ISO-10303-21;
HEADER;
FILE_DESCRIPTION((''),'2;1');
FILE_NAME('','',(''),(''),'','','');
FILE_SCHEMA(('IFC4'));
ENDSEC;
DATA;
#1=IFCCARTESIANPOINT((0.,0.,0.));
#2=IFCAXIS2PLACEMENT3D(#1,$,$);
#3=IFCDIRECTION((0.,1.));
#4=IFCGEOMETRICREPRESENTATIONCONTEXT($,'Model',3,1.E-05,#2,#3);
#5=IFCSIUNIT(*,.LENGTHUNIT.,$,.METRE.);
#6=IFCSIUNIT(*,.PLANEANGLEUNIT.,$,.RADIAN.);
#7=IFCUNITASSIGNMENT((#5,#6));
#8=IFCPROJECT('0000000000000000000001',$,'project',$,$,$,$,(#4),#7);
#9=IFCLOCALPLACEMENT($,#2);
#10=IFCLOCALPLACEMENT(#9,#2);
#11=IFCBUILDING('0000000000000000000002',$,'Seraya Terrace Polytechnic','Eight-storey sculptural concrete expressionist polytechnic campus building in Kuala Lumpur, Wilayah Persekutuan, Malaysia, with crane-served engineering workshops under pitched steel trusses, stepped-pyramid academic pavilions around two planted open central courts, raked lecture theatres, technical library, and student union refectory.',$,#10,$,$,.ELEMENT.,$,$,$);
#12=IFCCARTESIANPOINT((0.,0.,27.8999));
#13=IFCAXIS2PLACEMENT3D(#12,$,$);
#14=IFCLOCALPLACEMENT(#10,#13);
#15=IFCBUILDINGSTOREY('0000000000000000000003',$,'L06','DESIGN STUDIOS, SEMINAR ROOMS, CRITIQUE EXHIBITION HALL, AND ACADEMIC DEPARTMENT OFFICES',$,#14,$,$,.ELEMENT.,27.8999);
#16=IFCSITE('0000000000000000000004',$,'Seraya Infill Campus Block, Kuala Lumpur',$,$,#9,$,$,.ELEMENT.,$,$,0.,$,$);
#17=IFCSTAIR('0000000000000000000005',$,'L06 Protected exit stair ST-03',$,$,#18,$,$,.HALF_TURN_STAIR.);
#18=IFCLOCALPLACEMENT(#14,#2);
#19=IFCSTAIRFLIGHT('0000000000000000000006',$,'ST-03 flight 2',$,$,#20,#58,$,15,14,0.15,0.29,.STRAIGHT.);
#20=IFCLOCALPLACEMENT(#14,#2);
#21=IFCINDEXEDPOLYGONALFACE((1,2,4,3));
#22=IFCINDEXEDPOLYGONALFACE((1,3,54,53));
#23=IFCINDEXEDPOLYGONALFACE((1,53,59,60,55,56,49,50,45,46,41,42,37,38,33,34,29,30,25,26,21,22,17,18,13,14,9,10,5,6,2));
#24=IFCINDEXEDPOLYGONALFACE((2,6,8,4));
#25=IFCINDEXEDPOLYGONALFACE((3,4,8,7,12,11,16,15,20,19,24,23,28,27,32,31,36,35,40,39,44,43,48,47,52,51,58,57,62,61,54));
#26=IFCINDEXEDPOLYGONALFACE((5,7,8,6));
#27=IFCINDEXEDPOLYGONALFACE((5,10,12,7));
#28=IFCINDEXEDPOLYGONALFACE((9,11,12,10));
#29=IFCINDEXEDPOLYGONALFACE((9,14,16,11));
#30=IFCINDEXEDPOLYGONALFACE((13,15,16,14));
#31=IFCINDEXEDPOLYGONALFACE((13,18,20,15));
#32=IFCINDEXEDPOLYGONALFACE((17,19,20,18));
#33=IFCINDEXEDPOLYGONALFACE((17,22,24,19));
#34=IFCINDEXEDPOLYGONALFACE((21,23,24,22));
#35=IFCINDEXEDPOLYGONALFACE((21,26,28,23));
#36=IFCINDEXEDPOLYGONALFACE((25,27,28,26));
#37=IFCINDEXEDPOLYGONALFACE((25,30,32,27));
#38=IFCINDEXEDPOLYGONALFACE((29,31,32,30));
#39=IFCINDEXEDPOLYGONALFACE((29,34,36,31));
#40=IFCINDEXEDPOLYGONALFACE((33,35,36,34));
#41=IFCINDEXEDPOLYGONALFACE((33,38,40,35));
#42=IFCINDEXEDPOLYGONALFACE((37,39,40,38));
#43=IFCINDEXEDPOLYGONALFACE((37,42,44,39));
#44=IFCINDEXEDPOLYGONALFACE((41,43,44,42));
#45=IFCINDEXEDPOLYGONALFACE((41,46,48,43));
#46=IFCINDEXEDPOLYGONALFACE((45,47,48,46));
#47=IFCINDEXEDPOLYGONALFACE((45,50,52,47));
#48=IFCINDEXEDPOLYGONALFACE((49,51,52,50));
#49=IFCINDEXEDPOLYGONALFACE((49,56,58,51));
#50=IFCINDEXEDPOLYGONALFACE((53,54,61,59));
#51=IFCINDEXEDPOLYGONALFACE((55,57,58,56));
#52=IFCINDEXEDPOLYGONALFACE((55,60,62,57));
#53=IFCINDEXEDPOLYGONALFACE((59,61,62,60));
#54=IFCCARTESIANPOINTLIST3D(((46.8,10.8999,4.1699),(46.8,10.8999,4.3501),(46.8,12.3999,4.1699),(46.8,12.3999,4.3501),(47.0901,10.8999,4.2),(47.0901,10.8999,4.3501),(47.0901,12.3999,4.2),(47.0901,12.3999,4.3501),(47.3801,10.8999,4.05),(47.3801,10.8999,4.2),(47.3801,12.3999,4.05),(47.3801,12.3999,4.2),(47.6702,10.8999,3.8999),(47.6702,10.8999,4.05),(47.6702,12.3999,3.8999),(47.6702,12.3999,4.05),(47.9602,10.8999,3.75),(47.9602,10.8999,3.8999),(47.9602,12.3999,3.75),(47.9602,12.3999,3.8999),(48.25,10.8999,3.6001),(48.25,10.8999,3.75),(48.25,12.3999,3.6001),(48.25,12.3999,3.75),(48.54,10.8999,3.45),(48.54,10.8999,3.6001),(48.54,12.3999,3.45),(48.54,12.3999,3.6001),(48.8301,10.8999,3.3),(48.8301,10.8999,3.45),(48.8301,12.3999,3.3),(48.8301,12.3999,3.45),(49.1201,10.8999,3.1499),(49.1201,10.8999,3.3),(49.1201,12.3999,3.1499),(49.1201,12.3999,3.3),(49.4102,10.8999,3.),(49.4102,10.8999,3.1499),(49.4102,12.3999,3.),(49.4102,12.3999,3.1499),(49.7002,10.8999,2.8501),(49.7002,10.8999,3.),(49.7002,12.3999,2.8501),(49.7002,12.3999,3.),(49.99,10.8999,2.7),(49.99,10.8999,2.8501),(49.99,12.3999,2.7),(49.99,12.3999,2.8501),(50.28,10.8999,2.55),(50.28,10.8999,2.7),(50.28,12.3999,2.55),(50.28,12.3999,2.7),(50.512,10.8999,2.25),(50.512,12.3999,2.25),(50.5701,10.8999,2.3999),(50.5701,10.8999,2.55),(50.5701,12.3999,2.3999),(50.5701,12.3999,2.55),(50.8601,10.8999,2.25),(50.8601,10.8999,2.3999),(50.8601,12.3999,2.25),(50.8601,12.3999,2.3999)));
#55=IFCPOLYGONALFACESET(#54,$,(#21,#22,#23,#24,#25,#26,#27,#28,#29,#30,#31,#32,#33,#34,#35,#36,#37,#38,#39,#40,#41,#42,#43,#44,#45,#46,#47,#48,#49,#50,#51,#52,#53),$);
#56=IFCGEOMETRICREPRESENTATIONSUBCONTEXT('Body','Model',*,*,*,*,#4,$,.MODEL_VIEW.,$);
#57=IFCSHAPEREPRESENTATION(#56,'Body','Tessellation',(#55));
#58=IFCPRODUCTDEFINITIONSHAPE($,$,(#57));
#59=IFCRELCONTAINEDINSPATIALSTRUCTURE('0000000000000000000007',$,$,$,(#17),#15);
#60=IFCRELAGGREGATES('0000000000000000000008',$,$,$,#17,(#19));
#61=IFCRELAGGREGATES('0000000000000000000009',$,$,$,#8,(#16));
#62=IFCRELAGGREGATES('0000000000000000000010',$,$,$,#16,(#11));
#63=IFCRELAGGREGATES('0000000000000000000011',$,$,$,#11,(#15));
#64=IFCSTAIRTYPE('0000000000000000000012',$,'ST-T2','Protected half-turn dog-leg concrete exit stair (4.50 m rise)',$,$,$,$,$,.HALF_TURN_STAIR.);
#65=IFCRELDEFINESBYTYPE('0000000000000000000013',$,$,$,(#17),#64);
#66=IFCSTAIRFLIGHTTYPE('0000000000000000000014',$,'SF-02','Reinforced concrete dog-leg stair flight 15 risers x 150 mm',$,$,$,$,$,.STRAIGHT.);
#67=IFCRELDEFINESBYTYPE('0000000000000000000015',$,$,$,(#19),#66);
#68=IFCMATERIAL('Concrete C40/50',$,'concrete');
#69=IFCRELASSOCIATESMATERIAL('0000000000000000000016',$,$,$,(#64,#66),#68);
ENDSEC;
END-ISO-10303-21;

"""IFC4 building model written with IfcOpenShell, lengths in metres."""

from ifc_helpers import new_model, si_unit, direction, frame, origin, place, context, subcontext, project, spatial, polyline, outline, extrude, material, type_object, element, aggregate, save


model = new_model("IFC4")

# Units and contexts
model_context = context("Model", 3, precision=1e-05, world=origin(), true_north=direction((0.0, 1.0)))
body_context = subcontext(model_context, "Body", "Model", "MODEL_VIEW")
ifc_project = project(units=[si_unit("LENGTHUNIT", "METRE"), si_unit("PLANEANGLEUNIT", "RADIAN")], contexts=[model_context])

# Site, building, storey
site_placement = place(None, origin())
site = spatial("IfcSite", under=ifc_project, at=site_placement, Name="Seraya Infill Campus Block, Kuala Lumpur", CompositionType="ELEMENT", RefElevation=0.0)
building_placement = place(site_placement, origin())
building = spatial("IfcBuilding", under=site, at=building_placement, Name="Seraya Terrace Polytechnic", Description="Eight-storey sculptural concrete expressionist polytechnic campus building in Kuala Lumpur, Wilayah Persekutuan, Malaysia, with crane-served engineering workshops under pitched steel trusses, stepped-pyramid academic pavilions around two planted open central courts, raked lecture theatres, technical library, and student union refectory.", CompositionType="ELEMENT")
storey_placement = place(building_placement, frame((0.0, 0.0, 27.8999)))
storey = spatial("IfcBuildingStorey", under=building, at=storey_placement, Name="L06", Description="DESIGN STUDIOS, SEMINAR ROOMS, CRITIQUE EXHIBITION HALL, AND ACADEMIC DEPARTMENT OFFICES", CompositionType="ELEMENT", Elevation=27.8999)

# Shared definitions
ifc_material_1 = material(Name="Concrete C40/50", Category="concrete")

# Stair, stair flight
stair_type = type_object("IfcStairType", Name="ST-T2", Description="Protected half-turn dog-leg concrete exit stair (4.50 m rise)", PredefinedType="HALF_TURN_STAIR", material=ifc_material_1)
stair_placement = place(storey_placement, origin())
stair = element("IfcStair", 1, at=stair_placement, inside=storey, type_object=stair_type, Name="L06 Protected exit stair ST-03", PredefinedType="HALF_TURN_STAIR")
stair_flight_type = type_object("IfcStairFlightType", Name="SF-02", Description="Reinforced concrete dog-leg stair flight 15 risers x 150 mm", PredefinedType="STRAIGHT", material=ifc_material_1)
stair_flight_1_placement = place(storey_placement, frame((50.8601, 11.6499, 2.25), z_axis=(0.0, 0.0, 1.0), x_axis=(-1.0, 0.0, 0.0)))
stair_flight_1 = element("IfcStairFlight", 2, at=stair_flight_1_placement, type_object=stair_flight_type, Name="ST-03 flight 2", NumberOfRisers=15, NumberOfTreads=14, PredefinedType="STRAIGHT", RiserHeight=0.15, TreadLength=0.29, context=body_context, shape_type="SweptSolid", body=[
    extrude(outline(polyline([(0.0, 0.0), (0.0, 0.1499), (0.29, 0.1499), (0.29, 0.3), (0.5801, 0.3), (0.5801, 0.45), (0.8701, 0.45), (0.8701, 0.6001), (1.1599, 0.6001), (1.1599, 0.75), (1.45, 0.75), (1.45, 0.8999), (1.74, 0.8999), (1.74, 1.05), (2.03, 1.05), (2.03, 1.2), (2.3201, 1.2), (2.3201, 1.3501), (2.6101, 1.3501), (2.6101, 1.5), (2.8999, 1.5), (2.8999, 1.6499), (3.1899, 1.6499), (3.1899, 1.8), (3.48, 1.8), (3.48, 1.95), (3.77, 1.95), (3.77, 2.1001), (4.0601, 2.1001), (4.0601, 2.25), (4.0601, 1.9199), (0.3481, 0.0), (0.0, 0.0)])), frame((0.0, 0.75, 0.0), z_axis=(0.0, -1.0, 0.0), x_axis=(1.0, 0.0, 0.0)), (0.0, 0.0, 1.0), 1.5),
])
aggregate(stair, [stair_flight_1])

save(model, "model.ifc")
